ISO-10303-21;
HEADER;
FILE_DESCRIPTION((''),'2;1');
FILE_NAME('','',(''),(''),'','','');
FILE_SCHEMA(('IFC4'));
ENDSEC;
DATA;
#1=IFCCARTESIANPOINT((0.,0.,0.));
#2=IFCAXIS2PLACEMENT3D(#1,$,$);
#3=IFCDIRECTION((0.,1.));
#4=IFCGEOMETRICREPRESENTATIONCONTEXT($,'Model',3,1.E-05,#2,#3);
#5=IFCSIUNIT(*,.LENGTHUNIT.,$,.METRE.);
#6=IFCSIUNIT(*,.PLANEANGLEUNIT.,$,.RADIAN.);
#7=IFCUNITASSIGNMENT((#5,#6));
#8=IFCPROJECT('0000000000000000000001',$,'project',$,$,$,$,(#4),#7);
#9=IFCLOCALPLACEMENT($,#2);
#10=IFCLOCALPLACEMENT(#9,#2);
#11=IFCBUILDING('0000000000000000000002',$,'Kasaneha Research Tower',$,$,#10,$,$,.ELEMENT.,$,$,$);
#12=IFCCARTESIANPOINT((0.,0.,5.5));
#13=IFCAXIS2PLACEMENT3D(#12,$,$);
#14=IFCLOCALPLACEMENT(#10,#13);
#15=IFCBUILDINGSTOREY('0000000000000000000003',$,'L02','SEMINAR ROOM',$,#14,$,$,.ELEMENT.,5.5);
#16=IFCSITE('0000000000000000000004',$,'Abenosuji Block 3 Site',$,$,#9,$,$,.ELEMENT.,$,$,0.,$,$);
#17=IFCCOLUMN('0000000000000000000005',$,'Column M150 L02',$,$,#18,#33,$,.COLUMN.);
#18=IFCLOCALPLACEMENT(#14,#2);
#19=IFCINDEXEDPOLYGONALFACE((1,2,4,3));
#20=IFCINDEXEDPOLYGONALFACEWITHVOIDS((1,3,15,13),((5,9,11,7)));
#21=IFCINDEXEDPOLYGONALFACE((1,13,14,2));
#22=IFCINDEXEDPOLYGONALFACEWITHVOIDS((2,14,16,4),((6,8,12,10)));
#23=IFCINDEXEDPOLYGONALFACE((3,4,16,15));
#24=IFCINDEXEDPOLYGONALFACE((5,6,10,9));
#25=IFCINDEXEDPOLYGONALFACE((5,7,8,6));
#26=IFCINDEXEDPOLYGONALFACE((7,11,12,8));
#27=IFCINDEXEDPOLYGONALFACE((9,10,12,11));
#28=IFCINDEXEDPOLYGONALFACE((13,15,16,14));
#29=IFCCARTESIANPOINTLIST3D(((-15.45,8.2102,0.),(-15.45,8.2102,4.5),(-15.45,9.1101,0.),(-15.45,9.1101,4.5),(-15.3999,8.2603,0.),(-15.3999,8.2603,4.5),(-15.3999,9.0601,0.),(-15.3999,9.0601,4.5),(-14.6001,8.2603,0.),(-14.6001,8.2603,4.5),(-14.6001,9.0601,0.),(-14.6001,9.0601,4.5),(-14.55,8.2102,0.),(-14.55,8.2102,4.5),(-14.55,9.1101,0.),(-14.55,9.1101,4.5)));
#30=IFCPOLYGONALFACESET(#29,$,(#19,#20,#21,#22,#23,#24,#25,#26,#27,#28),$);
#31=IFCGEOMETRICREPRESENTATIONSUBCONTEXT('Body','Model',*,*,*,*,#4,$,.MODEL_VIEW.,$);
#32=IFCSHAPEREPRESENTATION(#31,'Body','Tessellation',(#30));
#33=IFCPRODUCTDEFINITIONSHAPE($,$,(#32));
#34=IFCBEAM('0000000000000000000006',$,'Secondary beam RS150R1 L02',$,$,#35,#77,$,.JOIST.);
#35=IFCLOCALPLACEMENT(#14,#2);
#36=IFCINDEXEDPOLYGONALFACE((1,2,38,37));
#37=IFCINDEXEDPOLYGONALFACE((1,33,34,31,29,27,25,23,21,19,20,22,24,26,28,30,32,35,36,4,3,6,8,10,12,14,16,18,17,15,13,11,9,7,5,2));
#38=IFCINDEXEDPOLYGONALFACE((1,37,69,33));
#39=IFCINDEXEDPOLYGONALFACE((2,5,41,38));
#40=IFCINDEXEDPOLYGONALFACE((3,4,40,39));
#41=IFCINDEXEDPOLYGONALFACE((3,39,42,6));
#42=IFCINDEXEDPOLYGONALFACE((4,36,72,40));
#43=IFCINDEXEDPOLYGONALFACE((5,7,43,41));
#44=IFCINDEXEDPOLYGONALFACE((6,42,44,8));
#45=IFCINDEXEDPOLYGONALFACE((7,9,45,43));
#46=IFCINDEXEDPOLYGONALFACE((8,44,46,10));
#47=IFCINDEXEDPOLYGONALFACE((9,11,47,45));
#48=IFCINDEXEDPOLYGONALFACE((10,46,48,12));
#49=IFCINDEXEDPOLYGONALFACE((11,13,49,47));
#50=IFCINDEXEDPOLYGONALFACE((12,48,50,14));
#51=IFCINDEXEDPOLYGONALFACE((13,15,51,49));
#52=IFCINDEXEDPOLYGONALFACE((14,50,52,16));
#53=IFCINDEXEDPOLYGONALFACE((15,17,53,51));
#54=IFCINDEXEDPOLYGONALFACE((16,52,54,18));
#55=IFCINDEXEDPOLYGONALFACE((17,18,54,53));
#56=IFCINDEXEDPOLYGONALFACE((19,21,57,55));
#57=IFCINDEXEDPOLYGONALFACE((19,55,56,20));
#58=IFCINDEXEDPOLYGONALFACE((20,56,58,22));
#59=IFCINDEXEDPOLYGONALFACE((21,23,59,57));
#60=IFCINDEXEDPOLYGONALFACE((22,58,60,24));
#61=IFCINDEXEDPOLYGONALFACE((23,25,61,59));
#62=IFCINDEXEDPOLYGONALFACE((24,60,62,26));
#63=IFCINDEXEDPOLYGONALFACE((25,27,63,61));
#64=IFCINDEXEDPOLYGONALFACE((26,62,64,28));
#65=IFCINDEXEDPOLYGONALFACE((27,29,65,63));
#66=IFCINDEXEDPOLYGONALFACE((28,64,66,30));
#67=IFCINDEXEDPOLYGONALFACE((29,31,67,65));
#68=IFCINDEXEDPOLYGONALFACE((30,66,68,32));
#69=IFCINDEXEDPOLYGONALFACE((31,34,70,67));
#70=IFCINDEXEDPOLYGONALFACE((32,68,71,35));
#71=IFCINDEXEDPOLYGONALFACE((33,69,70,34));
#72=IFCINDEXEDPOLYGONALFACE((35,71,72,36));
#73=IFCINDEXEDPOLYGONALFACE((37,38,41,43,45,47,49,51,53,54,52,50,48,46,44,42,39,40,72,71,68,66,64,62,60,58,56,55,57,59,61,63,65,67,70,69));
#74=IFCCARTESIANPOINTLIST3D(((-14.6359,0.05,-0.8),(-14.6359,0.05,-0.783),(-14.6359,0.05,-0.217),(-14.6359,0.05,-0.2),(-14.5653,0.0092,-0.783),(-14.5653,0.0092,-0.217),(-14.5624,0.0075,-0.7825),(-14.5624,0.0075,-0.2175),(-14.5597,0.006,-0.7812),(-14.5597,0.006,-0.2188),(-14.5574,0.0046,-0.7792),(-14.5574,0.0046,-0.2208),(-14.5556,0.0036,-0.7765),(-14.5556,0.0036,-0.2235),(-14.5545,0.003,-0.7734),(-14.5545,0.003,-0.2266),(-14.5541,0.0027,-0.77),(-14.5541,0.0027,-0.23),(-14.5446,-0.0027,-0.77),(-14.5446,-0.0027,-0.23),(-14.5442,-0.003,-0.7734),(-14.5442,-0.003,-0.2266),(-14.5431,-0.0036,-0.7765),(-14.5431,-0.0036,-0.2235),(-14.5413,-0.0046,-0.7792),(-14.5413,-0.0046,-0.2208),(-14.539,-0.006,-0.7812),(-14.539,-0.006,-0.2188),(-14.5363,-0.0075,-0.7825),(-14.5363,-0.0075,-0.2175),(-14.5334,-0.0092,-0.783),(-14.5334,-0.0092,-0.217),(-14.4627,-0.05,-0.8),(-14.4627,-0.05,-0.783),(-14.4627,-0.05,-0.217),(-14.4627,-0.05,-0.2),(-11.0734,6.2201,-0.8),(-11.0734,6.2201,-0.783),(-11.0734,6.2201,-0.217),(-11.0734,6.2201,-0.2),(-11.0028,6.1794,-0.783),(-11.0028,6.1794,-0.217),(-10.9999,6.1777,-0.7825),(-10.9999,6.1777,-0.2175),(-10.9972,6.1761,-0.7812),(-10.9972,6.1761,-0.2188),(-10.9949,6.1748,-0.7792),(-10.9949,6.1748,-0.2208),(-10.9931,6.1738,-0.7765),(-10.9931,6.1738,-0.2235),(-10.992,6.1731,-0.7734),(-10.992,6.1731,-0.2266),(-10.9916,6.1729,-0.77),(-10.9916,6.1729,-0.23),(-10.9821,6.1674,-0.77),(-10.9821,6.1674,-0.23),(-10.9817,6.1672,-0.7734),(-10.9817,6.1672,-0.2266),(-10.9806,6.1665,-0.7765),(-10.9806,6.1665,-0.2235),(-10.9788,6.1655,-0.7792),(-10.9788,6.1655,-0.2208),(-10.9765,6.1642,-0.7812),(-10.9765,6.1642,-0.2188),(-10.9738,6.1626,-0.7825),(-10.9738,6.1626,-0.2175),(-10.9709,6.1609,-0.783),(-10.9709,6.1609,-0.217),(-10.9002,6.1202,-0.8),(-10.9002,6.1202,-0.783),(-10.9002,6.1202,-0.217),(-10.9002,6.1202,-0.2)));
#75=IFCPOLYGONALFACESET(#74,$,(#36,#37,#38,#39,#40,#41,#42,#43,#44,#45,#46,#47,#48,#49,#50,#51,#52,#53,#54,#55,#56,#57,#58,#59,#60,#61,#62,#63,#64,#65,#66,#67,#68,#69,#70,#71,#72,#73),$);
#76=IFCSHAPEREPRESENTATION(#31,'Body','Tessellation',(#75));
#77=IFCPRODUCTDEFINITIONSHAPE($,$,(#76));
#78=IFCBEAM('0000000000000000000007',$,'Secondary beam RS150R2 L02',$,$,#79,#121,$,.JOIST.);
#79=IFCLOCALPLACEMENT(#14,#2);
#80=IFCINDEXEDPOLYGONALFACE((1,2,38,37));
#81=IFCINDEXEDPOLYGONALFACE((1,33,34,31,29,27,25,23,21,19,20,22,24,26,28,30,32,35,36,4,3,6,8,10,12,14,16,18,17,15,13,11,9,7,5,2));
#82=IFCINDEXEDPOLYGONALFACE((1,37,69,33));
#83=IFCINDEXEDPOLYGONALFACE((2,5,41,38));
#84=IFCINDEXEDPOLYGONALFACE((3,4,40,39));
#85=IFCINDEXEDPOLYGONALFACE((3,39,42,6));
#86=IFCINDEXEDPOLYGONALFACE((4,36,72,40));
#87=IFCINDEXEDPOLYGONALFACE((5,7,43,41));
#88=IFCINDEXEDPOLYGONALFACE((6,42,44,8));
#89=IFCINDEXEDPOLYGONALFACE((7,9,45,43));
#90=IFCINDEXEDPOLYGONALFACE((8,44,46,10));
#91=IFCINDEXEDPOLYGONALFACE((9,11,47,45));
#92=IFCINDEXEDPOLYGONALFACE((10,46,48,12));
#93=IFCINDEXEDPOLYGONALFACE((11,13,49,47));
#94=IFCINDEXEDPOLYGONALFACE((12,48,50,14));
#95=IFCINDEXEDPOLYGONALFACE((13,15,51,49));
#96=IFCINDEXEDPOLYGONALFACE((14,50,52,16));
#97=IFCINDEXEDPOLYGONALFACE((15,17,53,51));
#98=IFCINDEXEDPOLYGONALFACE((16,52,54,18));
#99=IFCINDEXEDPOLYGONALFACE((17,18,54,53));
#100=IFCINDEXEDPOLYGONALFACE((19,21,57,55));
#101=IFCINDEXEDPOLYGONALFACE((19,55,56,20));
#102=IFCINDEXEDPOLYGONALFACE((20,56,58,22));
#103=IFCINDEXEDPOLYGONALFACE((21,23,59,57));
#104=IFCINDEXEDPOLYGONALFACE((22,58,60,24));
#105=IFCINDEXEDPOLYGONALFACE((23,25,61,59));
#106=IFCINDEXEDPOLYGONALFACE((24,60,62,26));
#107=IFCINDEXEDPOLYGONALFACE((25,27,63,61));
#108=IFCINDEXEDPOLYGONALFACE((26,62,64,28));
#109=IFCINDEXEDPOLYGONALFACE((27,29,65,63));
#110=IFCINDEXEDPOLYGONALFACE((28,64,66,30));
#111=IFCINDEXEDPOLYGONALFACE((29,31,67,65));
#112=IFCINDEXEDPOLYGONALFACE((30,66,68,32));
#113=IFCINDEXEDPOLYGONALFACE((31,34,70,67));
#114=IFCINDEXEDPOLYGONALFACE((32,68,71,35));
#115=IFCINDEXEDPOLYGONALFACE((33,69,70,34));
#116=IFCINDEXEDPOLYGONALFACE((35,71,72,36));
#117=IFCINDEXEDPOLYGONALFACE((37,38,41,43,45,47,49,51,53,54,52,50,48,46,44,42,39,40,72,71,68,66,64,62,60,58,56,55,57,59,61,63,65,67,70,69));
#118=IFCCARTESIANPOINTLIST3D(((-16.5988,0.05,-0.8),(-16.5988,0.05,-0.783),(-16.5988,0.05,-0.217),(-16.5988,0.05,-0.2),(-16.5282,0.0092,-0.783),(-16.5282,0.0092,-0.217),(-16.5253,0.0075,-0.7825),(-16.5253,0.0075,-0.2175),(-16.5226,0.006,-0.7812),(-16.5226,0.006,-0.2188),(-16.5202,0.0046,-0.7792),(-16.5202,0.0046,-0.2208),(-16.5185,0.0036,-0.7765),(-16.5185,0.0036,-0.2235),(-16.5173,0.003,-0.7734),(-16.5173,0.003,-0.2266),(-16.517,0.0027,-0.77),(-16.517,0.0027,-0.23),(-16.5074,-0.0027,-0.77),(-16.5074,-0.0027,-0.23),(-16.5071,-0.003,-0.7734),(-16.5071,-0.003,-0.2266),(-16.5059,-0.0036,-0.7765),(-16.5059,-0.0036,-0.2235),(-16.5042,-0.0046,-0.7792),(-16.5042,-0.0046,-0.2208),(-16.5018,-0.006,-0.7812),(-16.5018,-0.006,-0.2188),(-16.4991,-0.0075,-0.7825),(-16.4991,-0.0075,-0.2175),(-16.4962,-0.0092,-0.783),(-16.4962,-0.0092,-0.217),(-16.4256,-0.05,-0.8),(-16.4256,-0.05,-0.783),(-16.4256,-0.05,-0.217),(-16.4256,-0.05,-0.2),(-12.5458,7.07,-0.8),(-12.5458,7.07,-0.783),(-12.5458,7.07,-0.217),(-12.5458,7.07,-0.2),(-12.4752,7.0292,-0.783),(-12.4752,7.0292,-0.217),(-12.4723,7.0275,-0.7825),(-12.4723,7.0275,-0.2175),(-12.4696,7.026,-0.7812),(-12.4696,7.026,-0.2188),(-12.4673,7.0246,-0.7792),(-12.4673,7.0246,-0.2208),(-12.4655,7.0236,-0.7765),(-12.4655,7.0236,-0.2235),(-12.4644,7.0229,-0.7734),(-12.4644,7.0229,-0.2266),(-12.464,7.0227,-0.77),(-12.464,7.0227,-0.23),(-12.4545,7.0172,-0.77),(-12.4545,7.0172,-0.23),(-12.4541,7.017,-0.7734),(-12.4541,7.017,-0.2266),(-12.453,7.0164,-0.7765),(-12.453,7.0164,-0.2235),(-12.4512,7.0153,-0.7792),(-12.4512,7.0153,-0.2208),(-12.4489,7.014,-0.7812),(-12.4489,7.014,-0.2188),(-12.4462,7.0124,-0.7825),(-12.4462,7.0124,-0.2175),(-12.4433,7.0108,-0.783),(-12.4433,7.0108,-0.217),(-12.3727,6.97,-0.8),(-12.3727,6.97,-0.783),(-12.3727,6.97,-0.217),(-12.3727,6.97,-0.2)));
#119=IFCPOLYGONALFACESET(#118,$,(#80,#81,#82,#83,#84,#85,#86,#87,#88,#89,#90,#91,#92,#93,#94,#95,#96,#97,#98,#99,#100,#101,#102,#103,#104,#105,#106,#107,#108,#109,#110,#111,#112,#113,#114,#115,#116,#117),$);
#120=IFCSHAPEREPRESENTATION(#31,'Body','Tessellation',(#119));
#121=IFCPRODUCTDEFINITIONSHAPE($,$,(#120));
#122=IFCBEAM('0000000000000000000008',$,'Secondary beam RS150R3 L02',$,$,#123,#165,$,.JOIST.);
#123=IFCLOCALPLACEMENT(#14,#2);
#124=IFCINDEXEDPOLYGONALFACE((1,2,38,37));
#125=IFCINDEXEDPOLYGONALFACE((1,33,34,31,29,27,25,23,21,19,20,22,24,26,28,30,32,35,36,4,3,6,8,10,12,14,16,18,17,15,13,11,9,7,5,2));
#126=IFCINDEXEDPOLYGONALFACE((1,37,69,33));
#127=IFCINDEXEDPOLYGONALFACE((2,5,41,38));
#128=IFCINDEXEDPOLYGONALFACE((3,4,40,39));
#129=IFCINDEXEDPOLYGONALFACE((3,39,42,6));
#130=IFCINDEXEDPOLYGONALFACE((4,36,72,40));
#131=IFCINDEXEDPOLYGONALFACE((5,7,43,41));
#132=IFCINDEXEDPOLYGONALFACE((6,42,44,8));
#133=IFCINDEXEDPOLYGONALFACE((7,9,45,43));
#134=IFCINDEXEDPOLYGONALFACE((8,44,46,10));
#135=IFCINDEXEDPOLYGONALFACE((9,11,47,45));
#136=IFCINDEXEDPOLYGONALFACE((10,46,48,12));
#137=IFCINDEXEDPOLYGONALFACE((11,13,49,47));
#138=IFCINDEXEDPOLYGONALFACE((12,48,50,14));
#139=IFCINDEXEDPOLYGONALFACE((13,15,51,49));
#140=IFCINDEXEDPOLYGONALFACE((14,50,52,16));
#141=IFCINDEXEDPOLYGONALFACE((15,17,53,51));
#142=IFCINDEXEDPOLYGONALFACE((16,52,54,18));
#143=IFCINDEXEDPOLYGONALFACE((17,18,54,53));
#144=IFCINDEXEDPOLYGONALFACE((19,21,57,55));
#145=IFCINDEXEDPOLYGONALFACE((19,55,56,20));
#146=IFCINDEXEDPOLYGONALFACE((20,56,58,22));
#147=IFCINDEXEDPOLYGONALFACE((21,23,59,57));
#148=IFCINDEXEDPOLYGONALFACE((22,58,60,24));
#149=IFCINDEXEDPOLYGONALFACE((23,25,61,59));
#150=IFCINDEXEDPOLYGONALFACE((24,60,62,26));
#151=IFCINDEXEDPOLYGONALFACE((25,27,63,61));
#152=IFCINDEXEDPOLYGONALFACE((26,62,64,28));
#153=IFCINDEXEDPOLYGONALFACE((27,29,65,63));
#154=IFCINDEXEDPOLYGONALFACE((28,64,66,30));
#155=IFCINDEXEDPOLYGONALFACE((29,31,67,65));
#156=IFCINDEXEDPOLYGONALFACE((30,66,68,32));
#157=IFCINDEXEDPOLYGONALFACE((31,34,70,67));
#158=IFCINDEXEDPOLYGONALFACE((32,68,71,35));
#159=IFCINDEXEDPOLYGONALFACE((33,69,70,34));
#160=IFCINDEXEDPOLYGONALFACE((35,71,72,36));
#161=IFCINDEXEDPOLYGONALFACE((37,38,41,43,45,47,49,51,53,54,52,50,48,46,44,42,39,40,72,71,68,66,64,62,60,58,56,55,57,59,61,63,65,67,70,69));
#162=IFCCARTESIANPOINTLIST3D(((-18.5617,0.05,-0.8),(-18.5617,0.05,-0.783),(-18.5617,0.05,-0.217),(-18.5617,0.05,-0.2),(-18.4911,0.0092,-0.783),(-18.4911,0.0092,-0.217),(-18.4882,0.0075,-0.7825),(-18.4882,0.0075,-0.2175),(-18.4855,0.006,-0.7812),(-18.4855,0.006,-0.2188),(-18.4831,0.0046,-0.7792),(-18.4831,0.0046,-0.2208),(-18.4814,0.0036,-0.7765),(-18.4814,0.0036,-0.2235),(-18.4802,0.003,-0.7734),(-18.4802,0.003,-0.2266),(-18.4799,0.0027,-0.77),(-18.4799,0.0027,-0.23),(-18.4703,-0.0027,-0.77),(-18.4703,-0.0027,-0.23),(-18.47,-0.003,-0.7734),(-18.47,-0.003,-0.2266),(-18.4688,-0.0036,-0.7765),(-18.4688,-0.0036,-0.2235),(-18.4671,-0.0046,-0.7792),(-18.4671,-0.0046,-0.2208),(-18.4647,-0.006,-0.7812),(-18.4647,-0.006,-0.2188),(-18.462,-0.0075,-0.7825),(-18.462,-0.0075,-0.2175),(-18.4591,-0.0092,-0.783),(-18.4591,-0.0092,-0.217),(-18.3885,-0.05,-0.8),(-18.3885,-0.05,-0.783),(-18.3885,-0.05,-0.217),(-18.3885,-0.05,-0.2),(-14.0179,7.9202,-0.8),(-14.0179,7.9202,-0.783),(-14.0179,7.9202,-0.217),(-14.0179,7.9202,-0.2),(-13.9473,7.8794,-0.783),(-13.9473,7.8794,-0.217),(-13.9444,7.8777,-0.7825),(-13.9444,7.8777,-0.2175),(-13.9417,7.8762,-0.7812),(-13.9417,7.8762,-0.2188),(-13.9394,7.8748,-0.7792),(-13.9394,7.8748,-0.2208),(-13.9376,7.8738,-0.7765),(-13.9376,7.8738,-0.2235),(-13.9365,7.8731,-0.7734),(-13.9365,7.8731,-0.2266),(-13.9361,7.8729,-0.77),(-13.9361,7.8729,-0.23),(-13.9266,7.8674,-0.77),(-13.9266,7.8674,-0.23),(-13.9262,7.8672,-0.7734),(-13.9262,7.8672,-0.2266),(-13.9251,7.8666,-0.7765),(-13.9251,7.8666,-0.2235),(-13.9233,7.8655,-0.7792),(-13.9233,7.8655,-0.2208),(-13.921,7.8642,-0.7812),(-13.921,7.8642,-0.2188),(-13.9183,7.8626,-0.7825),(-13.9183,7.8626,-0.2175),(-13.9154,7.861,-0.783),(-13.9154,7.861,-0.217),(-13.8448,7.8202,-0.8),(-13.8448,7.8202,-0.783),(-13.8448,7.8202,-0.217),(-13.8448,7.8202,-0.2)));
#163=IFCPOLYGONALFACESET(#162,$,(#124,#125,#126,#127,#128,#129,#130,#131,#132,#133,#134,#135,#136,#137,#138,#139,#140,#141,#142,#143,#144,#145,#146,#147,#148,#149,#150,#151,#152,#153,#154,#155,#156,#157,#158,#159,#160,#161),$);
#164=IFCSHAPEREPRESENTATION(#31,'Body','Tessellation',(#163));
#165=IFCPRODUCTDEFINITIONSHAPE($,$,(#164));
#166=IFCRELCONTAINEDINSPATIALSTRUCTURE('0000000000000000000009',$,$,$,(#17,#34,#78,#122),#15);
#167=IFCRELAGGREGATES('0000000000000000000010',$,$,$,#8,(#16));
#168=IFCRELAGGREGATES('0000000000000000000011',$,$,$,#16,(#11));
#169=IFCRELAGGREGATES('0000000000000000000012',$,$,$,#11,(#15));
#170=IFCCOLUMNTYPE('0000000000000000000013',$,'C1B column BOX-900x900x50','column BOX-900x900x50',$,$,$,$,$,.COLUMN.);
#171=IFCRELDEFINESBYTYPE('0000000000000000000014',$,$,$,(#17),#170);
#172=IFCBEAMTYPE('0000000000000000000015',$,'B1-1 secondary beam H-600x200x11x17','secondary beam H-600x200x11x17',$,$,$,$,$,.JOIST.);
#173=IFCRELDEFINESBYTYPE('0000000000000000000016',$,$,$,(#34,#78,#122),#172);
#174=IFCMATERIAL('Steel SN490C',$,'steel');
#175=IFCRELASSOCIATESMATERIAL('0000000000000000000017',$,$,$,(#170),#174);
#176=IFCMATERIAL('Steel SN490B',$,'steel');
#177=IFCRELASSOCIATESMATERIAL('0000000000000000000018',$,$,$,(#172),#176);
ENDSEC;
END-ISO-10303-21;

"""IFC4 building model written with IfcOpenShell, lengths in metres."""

from ifc_helpers import new_model, si_unit, direction, frame, origin, origin_2d, place, context, subcontext, project, spatial, hollow_rectangle, i_section, extrude, material, material_profile, profile_set, type_object, element, save


model = new_model("IFC4")

# Units and contexts
model_context = context("Model", 3, precision=1e-05, world=origin(), true_north=direction((0.0, 1.0)))
body_context = subcontext(model_context, "Body", "Model", "MODEL_VIEW")
ifc_project = project(units=[si_unit("LENGTHUNIT", "METRE"), si_unit("PLANEANGLEUNIT", "RADIAN")], contexts=[model_context])

# Site, building, storey
site_placement = place(None, origin())
site = spatial("IfcSite", under=ifc_project, at=site_placement, Name="Abenosuji Block 3 Site", CompositionType="ELEMENT", RefElevation=0.0)
building_placement = place(site_placement, origin())
building = spatial("IfcBuilding", under=site, at=building_placement, Name="Kasaneha Research Tower", CompositionType="ELEMENT")
storey_placement = place(building_placement, frame((0.0, 0.0, 5.5)))
storey = spatial("IfcBuildingStorey", under=building, at=storey_placement, Name="L02", Description="SEMINAR ROOM", CompositionType="ELEMENT", Elevation=5.5)

# Column
ifc_material_1 = material(Name="Steel SN490C", Category="steel")
ifc_material_profile_1 = material_profile(ifc_material_1, hollow_rectangle(XDim=0.8999, YDim=0.8999, WallThickness=0.05, at=origin_2d()), Name="BOX-900x900x50")
ifc_profile_set_1 = profile_set([ifc_material_profile_1], Name="Steel SN490C")
column_type = type_object("IfcColumnType", Name="C1B column BOX-900x900x50", Description="column BOX-900x900x50", PredefinedType="COLUMN", material=ifc_profile_set_1)
column_placement = place(storey_placement, frame((-15.0, 8.6602, 0.0), z_axis=(0.0, 0.0, 1.0), x_axis=(1.0, 0.0, 0.0)))
element("IfcColumn", 1, at=column_placement, inside=storey, type_object=column_type, Name="Column M150 L02", PredefinedType="COLUMN", context=body_context, shape_type="SweptSolid", body=[
    extrude(hollow_rectangle(XDim=0.8999, YDim=0.8999, WallThickness=0.05, at=origin_2d()), origin(), (0.0, 0.0, 1.0), 4.5),
])

# Beams
ifc_material_2 = material(Name="Steel SN490B", Category="steel")
ifc_material_profile_2 = material_profile(ifc_material_2, i_section(OverallWidth=0.2, OverallDepth=0.6001, WebThickness=0.011, FlangeThickness=0.0171, FilletRadius=0.0129, at=origin_2d()), Name="H-600x200x11x17")
ifc_profile_set_2 = profile_set([ifc_material_profile_2], Name="Steel SN490B")
beam_type_1 = type_object("IfcBeamType", Name="B1-1 secondary beam H-600x200x11x17", Description="secondary beam H-600x200x11x17", PredefinedType="JOIST", material=ifc_profile_set_2)
beam_1_placement = place(storey_placement, frame((-14.5493, 0.0, -0.5), z_axis=(0.500016, 0.866016, 0.0), x_axis=(-0.866016, 0.500016, 0.0)))
element("IfcBeam", 2, at=beam_1_placement, inside=storey, type_object=beam_type_1, Name="Secondary beam RS150R1 L02", PredefinedType="JOIST", context=body_context, shape_type="SweptSolid", body=[
    extrude(i_section(OverallWidth=0.2, OverallDepth=0.6001, WebThickness=0.011, FlangeThickness=0.0171, FilletRadius=0.0129, at=origin_2d()), origin(), (0.0, 0.0, 1.0), 7.1248),
])
beam_2_placement = place(storey_placement, frame((-16.5122, 0.0, -0.5), z_axis=(0.499997, 0.866027, 0.0), x_axis=(-0.866027, 0.499997, 0.0)))
element("IfcBeam", 3, at=beam_2_placement, inside=storey, type_object=beam_type_1, Name="Secondary beam RS150R2 L02", PredefinedType="JOIST", context=body_context, shape_type="SweptSolid", body=[
    extrude(i_section(OverallWidth=0.2, OverallDepth=0.6001, WebThickness=0.011, FlangeThickness=0.0171, FilletRadius=0.0129, at=origin_2d()), origin(), (0.0, 0.0, 1.0), 8.106),
])
beam_3_placement = place(storey_placement, frame((-18.4751, 0.0, -0.5), z_axis=(0.499991, 0.866031, 0.0), x_axis=(-0.866031, 0.499991, 0.0)))
element("IfcBeam", 4, at=beam_3_placement, inside=storey, type_object=beam_type_1, Name="Secondary beam RS150R3 L02", PredefinedType="JOIST", context=body_context, shape_type="SweptSolid", body=[
    extrude(i_section(OverallWidth=0.2, OverallDepth=0.6001, WebThickness=0.011, FlangeThickness=0.0171, FilletRadius=0.0129, at=origin_2d()), origin(), (0.0, 0.0, 1.0), 9.0876),
])

save(model, "model.ifc")
